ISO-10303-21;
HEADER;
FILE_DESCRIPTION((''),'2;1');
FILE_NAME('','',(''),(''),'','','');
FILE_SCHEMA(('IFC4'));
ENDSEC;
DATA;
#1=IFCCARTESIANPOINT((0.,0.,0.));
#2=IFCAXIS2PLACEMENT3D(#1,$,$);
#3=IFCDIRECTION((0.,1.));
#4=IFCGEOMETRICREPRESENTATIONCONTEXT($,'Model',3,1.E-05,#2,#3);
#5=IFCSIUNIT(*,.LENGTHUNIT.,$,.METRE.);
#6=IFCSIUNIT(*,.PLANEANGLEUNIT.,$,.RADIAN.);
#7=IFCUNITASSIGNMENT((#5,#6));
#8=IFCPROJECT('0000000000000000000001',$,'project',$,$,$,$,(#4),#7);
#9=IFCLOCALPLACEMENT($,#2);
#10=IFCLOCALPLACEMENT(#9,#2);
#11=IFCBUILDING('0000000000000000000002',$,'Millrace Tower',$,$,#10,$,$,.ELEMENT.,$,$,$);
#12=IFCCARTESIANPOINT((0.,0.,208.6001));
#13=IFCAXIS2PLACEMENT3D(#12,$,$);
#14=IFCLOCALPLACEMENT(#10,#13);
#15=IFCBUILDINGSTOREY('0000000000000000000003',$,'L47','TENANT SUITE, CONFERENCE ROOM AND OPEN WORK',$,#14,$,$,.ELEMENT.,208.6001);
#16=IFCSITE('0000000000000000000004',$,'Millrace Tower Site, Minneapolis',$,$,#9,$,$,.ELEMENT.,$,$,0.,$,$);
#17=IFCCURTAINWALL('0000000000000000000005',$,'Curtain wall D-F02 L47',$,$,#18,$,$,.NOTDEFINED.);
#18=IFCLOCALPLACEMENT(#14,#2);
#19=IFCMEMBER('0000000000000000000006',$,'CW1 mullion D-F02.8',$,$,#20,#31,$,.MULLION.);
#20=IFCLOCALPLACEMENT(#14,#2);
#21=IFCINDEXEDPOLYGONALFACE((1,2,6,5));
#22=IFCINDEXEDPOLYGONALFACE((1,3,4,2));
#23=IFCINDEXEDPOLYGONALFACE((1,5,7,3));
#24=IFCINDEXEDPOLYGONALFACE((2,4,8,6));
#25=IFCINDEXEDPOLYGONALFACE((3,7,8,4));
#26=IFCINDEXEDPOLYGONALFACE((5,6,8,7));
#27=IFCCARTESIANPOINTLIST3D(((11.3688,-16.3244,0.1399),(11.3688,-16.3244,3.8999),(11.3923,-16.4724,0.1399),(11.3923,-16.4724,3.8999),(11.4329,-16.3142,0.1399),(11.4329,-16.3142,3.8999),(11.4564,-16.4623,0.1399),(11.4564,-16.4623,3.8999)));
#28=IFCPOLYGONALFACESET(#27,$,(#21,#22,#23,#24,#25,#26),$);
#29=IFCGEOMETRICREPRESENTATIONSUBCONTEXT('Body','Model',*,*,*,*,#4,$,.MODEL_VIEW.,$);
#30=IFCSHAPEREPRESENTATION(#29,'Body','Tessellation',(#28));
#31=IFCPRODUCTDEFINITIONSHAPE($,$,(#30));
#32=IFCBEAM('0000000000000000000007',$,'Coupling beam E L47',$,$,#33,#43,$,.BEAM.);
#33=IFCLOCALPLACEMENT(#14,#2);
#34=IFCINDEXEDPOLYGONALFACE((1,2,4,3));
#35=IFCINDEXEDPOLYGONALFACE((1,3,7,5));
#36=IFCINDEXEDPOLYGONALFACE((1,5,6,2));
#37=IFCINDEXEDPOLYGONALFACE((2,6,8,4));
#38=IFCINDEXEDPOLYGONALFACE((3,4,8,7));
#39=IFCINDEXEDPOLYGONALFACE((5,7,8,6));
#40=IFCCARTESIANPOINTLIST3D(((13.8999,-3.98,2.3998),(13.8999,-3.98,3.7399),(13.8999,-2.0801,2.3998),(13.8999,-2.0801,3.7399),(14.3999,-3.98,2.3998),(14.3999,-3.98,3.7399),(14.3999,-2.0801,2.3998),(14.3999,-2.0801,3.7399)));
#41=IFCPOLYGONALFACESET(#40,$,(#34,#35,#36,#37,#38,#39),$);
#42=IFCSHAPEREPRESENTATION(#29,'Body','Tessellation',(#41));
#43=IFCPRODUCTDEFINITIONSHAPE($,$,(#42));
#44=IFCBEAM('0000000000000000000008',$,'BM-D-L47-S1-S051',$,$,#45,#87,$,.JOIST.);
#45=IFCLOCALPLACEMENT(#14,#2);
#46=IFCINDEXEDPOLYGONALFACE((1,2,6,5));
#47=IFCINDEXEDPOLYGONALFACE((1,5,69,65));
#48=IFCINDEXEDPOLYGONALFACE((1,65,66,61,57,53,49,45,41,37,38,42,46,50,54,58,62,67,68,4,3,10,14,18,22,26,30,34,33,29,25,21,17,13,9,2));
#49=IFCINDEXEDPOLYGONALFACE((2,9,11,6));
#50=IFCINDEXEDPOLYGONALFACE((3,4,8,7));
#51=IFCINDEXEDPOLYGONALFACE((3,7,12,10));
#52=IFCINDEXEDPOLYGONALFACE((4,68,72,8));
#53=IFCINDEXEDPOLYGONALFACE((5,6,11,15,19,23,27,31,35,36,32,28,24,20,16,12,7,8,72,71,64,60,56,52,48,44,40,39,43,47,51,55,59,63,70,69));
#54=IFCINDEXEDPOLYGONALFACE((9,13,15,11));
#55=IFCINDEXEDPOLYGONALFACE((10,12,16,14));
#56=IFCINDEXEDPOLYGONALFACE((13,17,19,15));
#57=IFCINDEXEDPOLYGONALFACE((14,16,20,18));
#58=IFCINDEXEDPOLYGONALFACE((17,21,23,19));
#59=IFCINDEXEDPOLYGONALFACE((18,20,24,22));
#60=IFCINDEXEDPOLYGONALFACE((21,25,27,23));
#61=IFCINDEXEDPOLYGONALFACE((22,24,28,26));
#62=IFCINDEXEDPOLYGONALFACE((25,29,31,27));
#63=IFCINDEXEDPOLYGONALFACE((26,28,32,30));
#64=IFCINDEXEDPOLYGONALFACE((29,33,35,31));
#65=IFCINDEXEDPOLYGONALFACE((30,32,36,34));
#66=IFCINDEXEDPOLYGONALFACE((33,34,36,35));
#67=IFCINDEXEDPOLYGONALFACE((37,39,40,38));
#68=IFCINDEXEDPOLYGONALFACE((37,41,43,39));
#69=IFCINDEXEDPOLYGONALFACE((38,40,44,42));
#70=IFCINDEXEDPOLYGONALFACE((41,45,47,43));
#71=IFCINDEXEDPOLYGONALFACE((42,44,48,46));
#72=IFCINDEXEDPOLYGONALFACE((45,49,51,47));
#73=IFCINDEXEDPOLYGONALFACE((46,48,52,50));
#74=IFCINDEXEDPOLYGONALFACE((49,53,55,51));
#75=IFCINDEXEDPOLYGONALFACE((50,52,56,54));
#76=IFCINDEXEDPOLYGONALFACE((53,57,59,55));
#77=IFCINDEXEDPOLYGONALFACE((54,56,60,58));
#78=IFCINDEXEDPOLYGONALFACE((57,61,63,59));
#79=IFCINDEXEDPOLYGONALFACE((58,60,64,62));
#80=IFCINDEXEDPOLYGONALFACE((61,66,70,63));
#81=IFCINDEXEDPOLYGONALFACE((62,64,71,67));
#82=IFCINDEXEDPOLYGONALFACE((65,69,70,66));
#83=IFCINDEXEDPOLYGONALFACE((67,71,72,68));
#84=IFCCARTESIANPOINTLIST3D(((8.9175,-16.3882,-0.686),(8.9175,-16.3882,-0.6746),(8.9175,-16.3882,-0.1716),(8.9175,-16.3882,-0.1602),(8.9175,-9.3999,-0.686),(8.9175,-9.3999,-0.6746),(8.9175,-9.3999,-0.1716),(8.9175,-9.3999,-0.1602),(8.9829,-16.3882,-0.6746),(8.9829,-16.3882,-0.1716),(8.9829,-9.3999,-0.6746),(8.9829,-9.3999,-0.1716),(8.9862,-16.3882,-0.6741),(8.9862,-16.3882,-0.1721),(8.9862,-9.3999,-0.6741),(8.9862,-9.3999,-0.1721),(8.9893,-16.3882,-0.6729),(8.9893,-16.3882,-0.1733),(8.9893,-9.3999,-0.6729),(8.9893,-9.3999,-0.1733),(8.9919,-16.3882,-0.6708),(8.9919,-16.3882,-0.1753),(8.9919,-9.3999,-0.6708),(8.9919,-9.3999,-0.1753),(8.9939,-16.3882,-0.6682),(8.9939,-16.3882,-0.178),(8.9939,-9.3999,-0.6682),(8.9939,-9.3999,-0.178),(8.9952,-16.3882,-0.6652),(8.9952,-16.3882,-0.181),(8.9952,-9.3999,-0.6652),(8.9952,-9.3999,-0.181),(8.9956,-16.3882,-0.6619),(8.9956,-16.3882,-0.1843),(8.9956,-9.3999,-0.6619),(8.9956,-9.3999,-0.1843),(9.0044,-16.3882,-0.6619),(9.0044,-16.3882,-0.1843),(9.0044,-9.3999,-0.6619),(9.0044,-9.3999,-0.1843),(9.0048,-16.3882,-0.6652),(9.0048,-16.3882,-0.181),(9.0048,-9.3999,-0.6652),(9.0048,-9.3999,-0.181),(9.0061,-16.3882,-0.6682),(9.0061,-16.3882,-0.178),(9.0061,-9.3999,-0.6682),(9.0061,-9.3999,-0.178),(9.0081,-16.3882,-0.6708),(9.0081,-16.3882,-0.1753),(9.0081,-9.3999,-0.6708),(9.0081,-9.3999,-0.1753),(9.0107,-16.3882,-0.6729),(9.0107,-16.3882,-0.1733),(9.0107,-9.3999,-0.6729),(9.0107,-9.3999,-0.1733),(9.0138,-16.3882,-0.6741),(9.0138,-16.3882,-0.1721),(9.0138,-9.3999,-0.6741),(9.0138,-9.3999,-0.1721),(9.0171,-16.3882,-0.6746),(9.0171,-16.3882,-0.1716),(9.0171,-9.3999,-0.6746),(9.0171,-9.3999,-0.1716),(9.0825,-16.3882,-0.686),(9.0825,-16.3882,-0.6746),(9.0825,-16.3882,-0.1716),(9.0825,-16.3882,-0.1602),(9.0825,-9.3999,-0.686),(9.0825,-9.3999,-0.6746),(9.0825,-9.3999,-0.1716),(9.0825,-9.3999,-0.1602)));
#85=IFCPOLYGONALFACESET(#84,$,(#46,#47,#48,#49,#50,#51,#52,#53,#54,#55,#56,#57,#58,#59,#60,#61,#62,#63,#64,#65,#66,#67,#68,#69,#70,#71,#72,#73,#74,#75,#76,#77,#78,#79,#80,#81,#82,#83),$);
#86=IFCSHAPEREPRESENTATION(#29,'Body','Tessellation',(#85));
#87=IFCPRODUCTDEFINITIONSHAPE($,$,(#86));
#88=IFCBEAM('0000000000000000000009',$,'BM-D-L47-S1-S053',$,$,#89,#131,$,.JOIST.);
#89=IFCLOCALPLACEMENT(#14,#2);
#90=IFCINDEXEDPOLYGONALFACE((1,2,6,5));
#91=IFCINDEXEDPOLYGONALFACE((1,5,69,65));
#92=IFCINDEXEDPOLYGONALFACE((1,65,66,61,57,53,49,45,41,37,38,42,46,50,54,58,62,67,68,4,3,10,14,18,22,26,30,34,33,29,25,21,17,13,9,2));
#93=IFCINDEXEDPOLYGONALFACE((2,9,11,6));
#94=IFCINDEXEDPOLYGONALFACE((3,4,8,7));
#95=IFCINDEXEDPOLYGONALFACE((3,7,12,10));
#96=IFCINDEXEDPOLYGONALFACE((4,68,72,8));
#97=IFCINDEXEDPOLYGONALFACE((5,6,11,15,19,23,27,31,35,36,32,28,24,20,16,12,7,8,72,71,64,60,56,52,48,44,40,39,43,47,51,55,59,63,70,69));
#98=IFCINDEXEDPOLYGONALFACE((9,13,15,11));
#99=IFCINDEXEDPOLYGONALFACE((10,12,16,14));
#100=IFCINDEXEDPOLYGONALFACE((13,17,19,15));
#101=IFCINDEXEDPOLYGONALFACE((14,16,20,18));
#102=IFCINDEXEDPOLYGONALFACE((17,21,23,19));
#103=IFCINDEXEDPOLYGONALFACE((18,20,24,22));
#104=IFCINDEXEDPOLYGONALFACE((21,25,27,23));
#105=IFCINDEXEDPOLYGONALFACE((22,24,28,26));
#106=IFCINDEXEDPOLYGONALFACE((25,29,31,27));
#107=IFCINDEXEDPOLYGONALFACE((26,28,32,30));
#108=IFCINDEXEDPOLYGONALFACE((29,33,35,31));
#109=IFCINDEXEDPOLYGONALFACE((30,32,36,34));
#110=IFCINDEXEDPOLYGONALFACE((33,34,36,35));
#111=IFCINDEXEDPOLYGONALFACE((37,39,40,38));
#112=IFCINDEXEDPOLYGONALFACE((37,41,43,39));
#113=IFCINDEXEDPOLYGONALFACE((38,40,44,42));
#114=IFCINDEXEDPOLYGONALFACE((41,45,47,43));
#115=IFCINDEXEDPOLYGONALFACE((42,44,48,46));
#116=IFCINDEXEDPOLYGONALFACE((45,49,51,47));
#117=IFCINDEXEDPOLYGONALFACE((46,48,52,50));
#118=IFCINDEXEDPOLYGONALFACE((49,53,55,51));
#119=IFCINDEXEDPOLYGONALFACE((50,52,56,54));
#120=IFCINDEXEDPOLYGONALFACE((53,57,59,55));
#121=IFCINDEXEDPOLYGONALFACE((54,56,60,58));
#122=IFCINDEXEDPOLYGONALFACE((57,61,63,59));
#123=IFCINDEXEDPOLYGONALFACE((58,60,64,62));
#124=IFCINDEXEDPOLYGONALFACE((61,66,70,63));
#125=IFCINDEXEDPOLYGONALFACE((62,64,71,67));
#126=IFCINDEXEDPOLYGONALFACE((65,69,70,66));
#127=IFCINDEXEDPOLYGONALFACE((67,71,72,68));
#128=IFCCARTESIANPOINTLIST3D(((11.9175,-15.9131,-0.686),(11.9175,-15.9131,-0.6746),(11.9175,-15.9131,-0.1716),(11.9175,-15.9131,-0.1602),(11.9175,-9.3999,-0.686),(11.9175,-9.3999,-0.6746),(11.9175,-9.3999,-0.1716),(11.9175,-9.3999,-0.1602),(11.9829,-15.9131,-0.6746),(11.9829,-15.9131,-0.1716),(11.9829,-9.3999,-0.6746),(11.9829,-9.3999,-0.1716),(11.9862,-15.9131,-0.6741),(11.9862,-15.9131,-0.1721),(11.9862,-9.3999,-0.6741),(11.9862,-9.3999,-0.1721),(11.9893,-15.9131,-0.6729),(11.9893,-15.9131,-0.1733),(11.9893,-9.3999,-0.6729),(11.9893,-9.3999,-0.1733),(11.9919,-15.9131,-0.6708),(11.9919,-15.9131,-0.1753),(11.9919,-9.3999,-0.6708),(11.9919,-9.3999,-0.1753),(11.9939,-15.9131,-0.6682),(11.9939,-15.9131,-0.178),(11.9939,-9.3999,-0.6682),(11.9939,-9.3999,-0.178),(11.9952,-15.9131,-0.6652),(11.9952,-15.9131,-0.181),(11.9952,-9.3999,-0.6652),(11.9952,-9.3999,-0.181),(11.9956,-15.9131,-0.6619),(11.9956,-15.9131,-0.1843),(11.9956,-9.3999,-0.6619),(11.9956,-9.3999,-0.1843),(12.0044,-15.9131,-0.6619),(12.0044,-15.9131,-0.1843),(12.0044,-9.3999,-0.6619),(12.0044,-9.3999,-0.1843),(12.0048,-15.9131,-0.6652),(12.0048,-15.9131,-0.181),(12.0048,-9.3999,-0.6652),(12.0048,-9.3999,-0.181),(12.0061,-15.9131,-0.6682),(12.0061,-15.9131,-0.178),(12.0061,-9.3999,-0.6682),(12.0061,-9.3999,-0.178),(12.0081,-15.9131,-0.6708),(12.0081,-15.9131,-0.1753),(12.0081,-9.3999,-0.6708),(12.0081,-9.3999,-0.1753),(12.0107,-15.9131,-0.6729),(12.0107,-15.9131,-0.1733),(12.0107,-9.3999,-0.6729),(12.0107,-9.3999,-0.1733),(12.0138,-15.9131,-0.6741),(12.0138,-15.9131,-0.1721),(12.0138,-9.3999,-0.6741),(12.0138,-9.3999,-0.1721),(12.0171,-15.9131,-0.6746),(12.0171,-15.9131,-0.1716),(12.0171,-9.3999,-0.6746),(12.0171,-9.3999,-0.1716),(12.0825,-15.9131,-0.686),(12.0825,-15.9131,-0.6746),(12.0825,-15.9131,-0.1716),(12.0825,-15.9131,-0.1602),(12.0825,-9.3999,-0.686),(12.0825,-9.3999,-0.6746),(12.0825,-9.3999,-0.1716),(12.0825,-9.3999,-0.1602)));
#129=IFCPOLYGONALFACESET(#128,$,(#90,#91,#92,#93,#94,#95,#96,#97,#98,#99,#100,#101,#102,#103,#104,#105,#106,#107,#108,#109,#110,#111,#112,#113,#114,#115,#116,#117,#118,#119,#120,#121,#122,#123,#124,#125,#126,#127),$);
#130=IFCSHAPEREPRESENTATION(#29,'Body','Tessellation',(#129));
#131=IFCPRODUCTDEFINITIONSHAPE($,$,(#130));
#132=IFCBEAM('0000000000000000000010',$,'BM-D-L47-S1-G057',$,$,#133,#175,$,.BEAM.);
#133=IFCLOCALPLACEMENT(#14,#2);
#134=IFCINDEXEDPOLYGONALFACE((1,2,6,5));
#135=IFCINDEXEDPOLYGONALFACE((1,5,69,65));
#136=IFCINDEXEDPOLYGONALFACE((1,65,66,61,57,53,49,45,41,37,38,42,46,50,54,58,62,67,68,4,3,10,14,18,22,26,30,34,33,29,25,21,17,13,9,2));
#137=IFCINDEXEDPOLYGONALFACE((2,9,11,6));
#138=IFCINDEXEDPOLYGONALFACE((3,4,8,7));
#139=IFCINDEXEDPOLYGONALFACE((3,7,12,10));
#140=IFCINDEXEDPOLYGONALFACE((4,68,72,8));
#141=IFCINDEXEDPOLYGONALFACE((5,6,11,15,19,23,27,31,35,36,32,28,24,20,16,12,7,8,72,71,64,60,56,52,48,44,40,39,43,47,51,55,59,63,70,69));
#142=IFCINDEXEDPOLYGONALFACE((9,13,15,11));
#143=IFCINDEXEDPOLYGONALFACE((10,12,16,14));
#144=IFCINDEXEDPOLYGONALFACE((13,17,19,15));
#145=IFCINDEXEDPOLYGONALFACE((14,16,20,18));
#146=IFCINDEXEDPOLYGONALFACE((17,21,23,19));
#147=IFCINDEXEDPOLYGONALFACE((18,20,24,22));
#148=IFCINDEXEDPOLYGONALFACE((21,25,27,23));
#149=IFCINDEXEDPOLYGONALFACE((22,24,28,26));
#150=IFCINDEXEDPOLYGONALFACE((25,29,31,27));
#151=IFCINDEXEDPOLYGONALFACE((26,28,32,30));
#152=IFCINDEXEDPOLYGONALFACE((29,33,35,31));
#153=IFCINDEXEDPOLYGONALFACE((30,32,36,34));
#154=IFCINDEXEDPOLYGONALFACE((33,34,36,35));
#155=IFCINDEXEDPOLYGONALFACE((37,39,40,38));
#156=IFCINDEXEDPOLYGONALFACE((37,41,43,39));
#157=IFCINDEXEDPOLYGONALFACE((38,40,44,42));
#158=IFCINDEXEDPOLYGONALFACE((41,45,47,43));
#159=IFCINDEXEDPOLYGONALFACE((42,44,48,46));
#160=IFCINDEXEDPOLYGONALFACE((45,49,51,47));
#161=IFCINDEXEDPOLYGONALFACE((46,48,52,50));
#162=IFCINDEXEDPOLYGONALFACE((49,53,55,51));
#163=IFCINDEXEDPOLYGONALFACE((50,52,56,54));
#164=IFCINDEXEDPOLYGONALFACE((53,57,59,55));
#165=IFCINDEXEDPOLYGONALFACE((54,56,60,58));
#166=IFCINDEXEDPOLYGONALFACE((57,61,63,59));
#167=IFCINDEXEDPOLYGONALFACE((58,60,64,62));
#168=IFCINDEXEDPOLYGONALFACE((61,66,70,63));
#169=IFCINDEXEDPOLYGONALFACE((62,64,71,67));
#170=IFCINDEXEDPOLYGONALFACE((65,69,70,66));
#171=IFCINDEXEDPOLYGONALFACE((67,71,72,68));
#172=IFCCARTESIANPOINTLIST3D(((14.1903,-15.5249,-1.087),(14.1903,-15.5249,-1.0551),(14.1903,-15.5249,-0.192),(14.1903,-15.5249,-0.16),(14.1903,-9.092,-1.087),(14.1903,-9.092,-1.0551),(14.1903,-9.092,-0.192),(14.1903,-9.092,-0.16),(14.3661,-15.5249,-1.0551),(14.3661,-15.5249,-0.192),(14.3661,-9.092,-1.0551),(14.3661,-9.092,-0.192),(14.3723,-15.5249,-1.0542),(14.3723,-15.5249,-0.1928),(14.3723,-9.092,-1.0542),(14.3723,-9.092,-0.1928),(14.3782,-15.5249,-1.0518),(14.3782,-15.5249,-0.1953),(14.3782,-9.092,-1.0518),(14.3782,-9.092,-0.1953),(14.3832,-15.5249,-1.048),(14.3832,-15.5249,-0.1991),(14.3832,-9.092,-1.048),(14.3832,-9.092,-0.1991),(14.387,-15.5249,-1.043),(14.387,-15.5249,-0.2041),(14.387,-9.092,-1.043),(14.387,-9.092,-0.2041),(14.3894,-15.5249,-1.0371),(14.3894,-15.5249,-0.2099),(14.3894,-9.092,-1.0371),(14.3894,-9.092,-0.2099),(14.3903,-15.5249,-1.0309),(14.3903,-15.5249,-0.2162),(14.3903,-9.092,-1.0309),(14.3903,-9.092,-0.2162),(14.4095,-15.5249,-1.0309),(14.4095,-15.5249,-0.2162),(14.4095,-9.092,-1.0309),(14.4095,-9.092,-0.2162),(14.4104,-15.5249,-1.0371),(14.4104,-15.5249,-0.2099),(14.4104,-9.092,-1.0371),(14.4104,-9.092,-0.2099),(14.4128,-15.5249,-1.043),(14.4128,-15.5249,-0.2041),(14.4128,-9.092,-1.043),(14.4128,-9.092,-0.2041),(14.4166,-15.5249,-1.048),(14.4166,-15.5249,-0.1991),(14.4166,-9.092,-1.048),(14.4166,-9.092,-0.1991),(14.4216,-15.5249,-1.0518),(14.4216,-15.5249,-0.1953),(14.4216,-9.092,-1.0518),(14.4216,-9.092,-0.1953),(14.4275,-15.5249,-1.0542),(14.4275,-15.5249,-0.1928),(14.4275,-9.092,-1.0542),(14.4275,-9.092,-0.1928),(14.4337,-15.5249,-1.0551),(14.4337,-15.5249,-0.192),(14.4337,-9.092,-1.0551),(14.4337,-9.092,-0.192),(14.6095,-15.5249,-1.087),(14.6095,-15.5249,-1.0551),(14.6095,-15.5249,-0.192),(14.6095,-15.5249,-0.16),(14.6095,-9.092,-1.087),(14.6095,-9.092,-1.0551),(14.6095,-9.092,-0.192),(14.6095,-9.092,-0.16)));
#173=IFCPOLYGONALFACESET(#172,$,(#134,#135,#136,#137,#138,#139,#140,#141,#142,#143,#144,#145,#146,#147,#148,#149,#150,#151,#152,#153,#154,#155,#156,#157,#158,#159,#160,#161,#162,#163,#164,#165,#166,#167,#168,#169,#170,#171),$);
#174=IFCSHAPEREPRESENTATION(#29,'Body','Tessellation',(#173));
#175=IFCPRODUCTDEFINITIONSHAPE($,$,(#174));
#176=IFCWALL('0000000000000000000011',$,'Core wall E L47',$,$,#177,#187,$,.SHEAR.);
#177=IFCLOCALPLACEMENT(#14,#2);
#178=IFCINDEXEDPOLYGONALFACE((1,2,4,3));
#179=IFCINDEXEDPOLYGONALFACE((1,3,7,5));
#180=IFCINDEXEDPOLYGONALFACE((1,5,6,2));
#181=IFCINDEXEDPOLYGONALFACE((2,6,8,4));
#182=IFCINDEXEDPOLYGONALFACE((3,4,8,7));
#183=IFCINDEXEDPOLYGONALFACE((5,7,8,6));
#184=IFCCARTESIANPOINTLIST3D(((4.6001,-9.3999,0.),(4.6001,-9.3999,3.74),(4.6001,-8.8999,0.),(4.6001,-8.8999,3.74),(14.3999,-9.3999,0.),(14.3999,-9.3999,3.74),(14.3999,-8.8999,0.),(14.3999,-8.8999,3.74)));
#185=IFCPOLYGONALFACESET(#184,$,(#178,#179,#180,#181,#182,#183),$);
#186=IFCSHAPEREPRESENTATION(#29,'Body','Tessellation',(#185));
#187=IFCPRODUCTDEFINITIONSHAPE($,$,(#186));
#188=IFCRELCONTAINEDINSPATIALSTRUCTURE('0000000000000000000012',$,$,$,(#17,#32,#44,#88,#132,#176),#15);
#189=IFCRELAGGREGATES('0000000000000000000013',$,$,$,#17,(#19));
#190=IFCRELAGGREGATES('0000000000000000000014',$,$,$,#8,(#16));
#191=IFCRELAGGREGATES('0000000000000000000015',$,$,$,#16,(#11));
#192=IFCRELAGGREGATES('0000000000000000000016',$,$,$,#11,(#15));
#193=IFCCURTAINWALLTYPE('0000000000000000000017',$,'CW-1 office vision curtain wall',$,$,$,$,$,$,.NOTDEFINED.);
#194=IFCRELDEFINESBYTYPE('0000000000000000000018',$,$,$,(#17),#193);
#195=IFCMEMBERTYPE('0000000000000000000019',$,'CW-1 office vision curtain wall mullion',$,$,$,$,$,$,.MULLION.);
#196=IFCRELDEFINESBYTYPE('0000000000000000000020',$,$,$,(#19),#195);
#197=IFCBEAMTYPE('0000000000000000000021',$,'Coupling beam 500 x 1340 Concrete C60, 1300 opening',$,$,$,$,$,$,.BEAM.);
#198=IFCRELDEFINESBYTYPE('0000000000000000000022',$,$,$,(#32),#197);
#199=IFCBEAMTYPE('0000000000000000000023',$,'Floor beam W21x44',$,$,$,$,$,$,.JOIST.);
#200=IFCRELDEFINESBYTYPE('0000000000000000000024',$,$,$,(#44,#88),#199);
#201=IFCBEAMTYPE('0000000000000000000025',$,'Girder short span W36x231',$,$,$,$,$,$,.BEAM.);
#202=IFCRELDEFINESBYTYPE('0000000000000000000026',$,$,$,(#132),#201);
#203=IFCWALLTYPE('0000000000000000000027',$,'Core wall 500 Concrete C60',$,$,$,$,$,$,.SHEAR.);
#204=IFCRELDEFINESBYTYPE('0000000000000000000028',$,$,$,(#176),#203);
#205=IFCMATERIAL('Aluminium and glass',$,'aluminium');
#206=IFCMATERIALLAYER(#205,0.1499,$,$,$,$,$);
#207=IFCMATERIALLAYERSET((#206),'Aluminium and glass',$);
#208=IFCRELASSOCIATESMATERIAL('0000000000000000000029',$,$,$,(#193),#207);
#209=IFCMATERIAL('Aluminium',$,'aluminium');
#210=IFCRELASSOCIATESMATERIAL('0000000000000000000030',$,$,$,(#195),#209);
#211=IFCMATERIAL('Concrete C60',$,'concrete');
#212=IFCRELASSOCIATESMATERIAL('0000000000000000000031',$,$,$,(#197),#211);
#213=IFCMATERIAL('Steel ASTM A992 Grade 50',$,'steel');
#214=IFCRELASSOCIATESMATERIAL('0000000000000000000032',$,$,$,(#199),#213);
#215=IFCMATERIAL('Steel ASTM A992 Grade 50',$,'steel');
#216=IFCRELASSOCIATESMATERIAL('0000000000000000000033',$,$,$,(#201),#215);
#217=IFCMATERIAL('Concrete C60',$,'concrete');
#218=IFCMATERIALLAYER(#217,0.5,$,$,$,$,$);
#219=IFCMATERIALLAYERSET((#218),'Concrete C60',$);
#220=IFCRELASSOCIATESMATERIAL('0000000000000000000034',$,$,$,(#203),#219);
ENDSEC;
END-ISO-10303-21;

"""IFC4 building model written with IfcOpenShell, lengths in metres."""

from ifc_helpers import new_model, si_unit, direction, frame, frame_2d, origin, origin_2d, place, context, subcontext, project, spatial, rectangle, i_section, extrude, material, layer, layer_set, material_profile, profile_set, type_object, element, aggregate, save


model = new_model("IFC4")

# Units and contexts
model_context = context("Model", 3, precision=1e-05, world=origin(), true_north=direction((0.0, 1.0)))
body_context = subcontext(model_context, "Body", "Model", "MODEL_VIEW")
ifc_project = project(units=[si_unit("LENGTHUNIT", "METRE"), si_unit("PLANEANGLEUNIT", "RADIAN")], contexts=[model_context])

# Site, building, storey
site_placement = place(None, origin())
site = spatial("IfcSite", under=ifc_project, at=site_placement, Name="Millrace Tower Site, Minneapolis", CompositionType="ELEMENT", RefElevation=0.0)
building_placement = place(site_placement, origin())
building = spatial("IfcBuilding", under=site, at=building_placement, Name="Millrace Tower", CompositionType="ELEMENT")
storey_placement = place(building_placement, frame((0.0, 0.0, 208.6001)))
storey = spatial("IfcBuildingStorey", under=building, at=storey_placement, Name="L47", Description="TENANT SUITE, CONFERENCE ROOM AND OPEN WORK", CompositionType="ELEMENT", Elevation=208.6001)

# Curtain wall, member
ifc_material_1 = material(Name="Aluminium and glass", Category="aluminium")
ifc_layer_1 = layer(ifc_material_1, 0.1499)
ifc_layer_set_1 = layer_set([ifc_layer_1], Name="Aluminium and glass")
curtain_wall_type = type_object("IfcCurtainWallType", Name="CW-1 office vision curtain wall", PredefinedType="NOTDEFINED", material=ifc_layer_set_1)
placement = place(storey_placement, origin())
curtain_wall = element("IfcCurtainWall", 1, at=placement, inside=storey, type_object=curtain_wall_type, Name="Curtain wall D-F02 L47", PredefinedType="NOTDEFINED")
ifc_material_2 = material(Name="Aluminium", Category="aluminium")
ifc_material_profile_1 = material_profile(ifc_material_2, rectangle(XDim=0.0649, YDim=0.1499, at=origin_2d()))
ifc_profile_set_1 = profile_set([ifc_material_profile_1], Name="Aluminium")
member_type = type_object("IfcMemberType", Name="CW-1 office vision curtain wall mullion", PredefinedType="MULLION", material=ifc_profile_set_1)
member_placement = place(storey_placement, frame((11.4126, -16.3933, 0.1399), z_axis=(0.0, 0.0, 1.0), x_axis=(0.987688, 0.156434, 0.0)))
member = element("IfcMember", 2, at=member_placement, type_object=member_type, Name="CW1 mullion D-F02.8", PredefinedType="MULLION", context=body_context, shape_type="SweptSolid", body=[
    extrude(rectangle(XDim=0.0649, YDim=0.1499, at=origin_2d()), origin(), (0.0, 0.0, 1.0), 3.76),
])
aggregate(curtain_wall, [member])

# Beams
ifc_material_3 = material(Name="Concrete C60", Category="concrete")
ifc_material_profile_2 = material_profile(ifc_material_3, rectangle(XDim=0.5, YDim=1.3401, at=origin_2d()))
ifc_profile_set_2 = profile_set([ifc_material_profile_2], Name="Concrete C60")
beam_type_1 = type_object("IfcBeamType", Name="Coupling beam 500 x 1340 Concrete C60, 1300 opening", PredefinedType="BEAM", material=ifc_profile_set_2)
beam_1_placement = place(storey_placement, frame((14.1499, -2.0801, 3.0698), z_axis=(0.0, -1.0, 0.0), x_axis=(1.0, 0.0, 0.0)))
element("IfcBeam", 3, at=beam_1_placement, inside=storey, type_object=beam_type_1, Name="Coupling beam E L47", PredefinedType="BEAM", context=body_context, shape_type="SweptSolid", body=[
    extrude(rectangle(XDim=0.5, YDim=1.3401, at=origin_2d()), origin(), (0.0, 0.0, 1.0), 1.8999),
])
ifc_material_4 = material(Name="Steel ASTM A992 Grade 50", Category="steel")
ifc_material_profile_3 = material_profile(ifc_material_4, i_section(OverallWidth=0.165, OverallDepth=0.5259, WebThickness=0.0088, FlangeThickness=0.0115, FilletRadius=0.0127, at=origin_2d()))
ifc_profile_set_3 = profile_set([ifc_material_profile_3], Name="Steel ASTM A992 Grade 50")
beam_type_2 = type_object("IfcBeamType", Name="Floor beam W21x44", PredefinedType="JOIST", material=ifc_profile_set_3)
beam_2_placement = place(storey_placement, frame((9.0, -16.3882, -0.4231), z_axis=(0.0, 1.0, 0.0), x_axis=(-1.0, 0.0, 0.0)))
element("IfcBeam", 4, at=beam_2_placement, inside=storey, type_object=beam_type_2, Name="BM-D-L47-S1-S051", PredefinedType="JOIST", context=body_context, shape_type="SweptSolid", body=[
    extrude(i_section(OverallWidth=0.165, OverallDepth=0.5259, WebThickness=0.0088, FlangeThickness=0.0115, FilletRadius=0.0127, at=origin_2d()), origin(), (0.0, 0.0, 1.0), 6.9883),
])
beam_3_placement = place(storey_placement, frame((12.0, -15.9131, -0.4231), z_axis=(0.0, 1.0, 0.0), x_axis=(-1.0, 0.0, 0.0)))
element("IfcBeam", 5, at=beam_3_placement, inside=storey, type_object=beam_type_2, Name="BM-D-L47-S1-S053", PredefinedType="JOIST", context=body_context, shape_type="SweptSolid", body=[
    extrude(i_section(OverallWidth=0.165, OverallDepth=0.5259, WebThickness=0.0088, FlangeThickness=0.0115, FilletRadius=0.0127, at=origin_2d()), origin(), (0.0, 0.0, 1.0), 6.5132),
])
ifc_material_5 = material(Name="Steel ASTM A992 Grade 50", Category="steel")
ifc_material_profile_4 = material_profile(ifc_material_5, i_section(OverallWidth=0.4192, OverallDepth=0.927, WebThickness=0.0193, FlangeThickness=0.032, FilletRadius=0.0242, at=origin_2d()))
ifc_profile_set_4 = profile_set([ifc_material_profile_4], Name="Steel ASTM A992 Grade 50")
beam_type_3 = type_object("IfcBeamType", Name="Girder short span W36x231", PredefinedType="BEAM", material=ifc_profile_set_4)
beam_4_placement = place(storey_placement, frame((14.3999, -15.5249, -0.6235), z_axis=(0.0, 1.0, 0.0), x_axis=(-1.0, 0.0, 0.0)))
element("IfcBeam", 6, at=beam_4_placement, inside=storey, type_object=beam_type_3, Name="BM-D-L47-S1-G057", PredefinedType="BEAM", context=body_context, shape_type="SweptSolid", body=[
    extrude(i_section(OverallWidth=0.4192, OverallDepth=0.927, WebThickness=0.0193, FlangeThickness=0.032, FilletRadius=0.0242, at=origin_2d()), origin(), (0.0, 0.0, 1.0), 6.4329),
])

# Wall
ifc_material_6 = material(Name="Concrete C60", Category="concrete")
ifc_layer_2 = layer(ifc_material_6, 0.5)
ifc_layer_set_2 = layer_set([ifc_layer_2], Name="Concrete C60")
wall_type_1 = type_object("IfcWallType", Name="Core wall 500 Concrete C60", PredefinedType="SHEAR", material=ifc_layer_set_2)
wall_1_placement = place(storey_placement, frame((14.3999, -9.1499, 0.0), z_axis=(0.0, 0.0, 1.0), x_axis=(-1.0, 0.0, 0.0)))
element("IfcWall", 7, at=wall_1_placement, inside=storey, type_object=wall_type_1, Name="Core wall E L47", PredefinedType="SHEAR", context=body_context, shape_type="SweptSolid", body=[
    extrude(rectangle(XDim=9.7998, YDim=0.5, at=frame_2d((4.8999, 0.0))), origin(), (0.0, 0.0, 1.0), 3.74),
])

save(model, "model.ifc")
